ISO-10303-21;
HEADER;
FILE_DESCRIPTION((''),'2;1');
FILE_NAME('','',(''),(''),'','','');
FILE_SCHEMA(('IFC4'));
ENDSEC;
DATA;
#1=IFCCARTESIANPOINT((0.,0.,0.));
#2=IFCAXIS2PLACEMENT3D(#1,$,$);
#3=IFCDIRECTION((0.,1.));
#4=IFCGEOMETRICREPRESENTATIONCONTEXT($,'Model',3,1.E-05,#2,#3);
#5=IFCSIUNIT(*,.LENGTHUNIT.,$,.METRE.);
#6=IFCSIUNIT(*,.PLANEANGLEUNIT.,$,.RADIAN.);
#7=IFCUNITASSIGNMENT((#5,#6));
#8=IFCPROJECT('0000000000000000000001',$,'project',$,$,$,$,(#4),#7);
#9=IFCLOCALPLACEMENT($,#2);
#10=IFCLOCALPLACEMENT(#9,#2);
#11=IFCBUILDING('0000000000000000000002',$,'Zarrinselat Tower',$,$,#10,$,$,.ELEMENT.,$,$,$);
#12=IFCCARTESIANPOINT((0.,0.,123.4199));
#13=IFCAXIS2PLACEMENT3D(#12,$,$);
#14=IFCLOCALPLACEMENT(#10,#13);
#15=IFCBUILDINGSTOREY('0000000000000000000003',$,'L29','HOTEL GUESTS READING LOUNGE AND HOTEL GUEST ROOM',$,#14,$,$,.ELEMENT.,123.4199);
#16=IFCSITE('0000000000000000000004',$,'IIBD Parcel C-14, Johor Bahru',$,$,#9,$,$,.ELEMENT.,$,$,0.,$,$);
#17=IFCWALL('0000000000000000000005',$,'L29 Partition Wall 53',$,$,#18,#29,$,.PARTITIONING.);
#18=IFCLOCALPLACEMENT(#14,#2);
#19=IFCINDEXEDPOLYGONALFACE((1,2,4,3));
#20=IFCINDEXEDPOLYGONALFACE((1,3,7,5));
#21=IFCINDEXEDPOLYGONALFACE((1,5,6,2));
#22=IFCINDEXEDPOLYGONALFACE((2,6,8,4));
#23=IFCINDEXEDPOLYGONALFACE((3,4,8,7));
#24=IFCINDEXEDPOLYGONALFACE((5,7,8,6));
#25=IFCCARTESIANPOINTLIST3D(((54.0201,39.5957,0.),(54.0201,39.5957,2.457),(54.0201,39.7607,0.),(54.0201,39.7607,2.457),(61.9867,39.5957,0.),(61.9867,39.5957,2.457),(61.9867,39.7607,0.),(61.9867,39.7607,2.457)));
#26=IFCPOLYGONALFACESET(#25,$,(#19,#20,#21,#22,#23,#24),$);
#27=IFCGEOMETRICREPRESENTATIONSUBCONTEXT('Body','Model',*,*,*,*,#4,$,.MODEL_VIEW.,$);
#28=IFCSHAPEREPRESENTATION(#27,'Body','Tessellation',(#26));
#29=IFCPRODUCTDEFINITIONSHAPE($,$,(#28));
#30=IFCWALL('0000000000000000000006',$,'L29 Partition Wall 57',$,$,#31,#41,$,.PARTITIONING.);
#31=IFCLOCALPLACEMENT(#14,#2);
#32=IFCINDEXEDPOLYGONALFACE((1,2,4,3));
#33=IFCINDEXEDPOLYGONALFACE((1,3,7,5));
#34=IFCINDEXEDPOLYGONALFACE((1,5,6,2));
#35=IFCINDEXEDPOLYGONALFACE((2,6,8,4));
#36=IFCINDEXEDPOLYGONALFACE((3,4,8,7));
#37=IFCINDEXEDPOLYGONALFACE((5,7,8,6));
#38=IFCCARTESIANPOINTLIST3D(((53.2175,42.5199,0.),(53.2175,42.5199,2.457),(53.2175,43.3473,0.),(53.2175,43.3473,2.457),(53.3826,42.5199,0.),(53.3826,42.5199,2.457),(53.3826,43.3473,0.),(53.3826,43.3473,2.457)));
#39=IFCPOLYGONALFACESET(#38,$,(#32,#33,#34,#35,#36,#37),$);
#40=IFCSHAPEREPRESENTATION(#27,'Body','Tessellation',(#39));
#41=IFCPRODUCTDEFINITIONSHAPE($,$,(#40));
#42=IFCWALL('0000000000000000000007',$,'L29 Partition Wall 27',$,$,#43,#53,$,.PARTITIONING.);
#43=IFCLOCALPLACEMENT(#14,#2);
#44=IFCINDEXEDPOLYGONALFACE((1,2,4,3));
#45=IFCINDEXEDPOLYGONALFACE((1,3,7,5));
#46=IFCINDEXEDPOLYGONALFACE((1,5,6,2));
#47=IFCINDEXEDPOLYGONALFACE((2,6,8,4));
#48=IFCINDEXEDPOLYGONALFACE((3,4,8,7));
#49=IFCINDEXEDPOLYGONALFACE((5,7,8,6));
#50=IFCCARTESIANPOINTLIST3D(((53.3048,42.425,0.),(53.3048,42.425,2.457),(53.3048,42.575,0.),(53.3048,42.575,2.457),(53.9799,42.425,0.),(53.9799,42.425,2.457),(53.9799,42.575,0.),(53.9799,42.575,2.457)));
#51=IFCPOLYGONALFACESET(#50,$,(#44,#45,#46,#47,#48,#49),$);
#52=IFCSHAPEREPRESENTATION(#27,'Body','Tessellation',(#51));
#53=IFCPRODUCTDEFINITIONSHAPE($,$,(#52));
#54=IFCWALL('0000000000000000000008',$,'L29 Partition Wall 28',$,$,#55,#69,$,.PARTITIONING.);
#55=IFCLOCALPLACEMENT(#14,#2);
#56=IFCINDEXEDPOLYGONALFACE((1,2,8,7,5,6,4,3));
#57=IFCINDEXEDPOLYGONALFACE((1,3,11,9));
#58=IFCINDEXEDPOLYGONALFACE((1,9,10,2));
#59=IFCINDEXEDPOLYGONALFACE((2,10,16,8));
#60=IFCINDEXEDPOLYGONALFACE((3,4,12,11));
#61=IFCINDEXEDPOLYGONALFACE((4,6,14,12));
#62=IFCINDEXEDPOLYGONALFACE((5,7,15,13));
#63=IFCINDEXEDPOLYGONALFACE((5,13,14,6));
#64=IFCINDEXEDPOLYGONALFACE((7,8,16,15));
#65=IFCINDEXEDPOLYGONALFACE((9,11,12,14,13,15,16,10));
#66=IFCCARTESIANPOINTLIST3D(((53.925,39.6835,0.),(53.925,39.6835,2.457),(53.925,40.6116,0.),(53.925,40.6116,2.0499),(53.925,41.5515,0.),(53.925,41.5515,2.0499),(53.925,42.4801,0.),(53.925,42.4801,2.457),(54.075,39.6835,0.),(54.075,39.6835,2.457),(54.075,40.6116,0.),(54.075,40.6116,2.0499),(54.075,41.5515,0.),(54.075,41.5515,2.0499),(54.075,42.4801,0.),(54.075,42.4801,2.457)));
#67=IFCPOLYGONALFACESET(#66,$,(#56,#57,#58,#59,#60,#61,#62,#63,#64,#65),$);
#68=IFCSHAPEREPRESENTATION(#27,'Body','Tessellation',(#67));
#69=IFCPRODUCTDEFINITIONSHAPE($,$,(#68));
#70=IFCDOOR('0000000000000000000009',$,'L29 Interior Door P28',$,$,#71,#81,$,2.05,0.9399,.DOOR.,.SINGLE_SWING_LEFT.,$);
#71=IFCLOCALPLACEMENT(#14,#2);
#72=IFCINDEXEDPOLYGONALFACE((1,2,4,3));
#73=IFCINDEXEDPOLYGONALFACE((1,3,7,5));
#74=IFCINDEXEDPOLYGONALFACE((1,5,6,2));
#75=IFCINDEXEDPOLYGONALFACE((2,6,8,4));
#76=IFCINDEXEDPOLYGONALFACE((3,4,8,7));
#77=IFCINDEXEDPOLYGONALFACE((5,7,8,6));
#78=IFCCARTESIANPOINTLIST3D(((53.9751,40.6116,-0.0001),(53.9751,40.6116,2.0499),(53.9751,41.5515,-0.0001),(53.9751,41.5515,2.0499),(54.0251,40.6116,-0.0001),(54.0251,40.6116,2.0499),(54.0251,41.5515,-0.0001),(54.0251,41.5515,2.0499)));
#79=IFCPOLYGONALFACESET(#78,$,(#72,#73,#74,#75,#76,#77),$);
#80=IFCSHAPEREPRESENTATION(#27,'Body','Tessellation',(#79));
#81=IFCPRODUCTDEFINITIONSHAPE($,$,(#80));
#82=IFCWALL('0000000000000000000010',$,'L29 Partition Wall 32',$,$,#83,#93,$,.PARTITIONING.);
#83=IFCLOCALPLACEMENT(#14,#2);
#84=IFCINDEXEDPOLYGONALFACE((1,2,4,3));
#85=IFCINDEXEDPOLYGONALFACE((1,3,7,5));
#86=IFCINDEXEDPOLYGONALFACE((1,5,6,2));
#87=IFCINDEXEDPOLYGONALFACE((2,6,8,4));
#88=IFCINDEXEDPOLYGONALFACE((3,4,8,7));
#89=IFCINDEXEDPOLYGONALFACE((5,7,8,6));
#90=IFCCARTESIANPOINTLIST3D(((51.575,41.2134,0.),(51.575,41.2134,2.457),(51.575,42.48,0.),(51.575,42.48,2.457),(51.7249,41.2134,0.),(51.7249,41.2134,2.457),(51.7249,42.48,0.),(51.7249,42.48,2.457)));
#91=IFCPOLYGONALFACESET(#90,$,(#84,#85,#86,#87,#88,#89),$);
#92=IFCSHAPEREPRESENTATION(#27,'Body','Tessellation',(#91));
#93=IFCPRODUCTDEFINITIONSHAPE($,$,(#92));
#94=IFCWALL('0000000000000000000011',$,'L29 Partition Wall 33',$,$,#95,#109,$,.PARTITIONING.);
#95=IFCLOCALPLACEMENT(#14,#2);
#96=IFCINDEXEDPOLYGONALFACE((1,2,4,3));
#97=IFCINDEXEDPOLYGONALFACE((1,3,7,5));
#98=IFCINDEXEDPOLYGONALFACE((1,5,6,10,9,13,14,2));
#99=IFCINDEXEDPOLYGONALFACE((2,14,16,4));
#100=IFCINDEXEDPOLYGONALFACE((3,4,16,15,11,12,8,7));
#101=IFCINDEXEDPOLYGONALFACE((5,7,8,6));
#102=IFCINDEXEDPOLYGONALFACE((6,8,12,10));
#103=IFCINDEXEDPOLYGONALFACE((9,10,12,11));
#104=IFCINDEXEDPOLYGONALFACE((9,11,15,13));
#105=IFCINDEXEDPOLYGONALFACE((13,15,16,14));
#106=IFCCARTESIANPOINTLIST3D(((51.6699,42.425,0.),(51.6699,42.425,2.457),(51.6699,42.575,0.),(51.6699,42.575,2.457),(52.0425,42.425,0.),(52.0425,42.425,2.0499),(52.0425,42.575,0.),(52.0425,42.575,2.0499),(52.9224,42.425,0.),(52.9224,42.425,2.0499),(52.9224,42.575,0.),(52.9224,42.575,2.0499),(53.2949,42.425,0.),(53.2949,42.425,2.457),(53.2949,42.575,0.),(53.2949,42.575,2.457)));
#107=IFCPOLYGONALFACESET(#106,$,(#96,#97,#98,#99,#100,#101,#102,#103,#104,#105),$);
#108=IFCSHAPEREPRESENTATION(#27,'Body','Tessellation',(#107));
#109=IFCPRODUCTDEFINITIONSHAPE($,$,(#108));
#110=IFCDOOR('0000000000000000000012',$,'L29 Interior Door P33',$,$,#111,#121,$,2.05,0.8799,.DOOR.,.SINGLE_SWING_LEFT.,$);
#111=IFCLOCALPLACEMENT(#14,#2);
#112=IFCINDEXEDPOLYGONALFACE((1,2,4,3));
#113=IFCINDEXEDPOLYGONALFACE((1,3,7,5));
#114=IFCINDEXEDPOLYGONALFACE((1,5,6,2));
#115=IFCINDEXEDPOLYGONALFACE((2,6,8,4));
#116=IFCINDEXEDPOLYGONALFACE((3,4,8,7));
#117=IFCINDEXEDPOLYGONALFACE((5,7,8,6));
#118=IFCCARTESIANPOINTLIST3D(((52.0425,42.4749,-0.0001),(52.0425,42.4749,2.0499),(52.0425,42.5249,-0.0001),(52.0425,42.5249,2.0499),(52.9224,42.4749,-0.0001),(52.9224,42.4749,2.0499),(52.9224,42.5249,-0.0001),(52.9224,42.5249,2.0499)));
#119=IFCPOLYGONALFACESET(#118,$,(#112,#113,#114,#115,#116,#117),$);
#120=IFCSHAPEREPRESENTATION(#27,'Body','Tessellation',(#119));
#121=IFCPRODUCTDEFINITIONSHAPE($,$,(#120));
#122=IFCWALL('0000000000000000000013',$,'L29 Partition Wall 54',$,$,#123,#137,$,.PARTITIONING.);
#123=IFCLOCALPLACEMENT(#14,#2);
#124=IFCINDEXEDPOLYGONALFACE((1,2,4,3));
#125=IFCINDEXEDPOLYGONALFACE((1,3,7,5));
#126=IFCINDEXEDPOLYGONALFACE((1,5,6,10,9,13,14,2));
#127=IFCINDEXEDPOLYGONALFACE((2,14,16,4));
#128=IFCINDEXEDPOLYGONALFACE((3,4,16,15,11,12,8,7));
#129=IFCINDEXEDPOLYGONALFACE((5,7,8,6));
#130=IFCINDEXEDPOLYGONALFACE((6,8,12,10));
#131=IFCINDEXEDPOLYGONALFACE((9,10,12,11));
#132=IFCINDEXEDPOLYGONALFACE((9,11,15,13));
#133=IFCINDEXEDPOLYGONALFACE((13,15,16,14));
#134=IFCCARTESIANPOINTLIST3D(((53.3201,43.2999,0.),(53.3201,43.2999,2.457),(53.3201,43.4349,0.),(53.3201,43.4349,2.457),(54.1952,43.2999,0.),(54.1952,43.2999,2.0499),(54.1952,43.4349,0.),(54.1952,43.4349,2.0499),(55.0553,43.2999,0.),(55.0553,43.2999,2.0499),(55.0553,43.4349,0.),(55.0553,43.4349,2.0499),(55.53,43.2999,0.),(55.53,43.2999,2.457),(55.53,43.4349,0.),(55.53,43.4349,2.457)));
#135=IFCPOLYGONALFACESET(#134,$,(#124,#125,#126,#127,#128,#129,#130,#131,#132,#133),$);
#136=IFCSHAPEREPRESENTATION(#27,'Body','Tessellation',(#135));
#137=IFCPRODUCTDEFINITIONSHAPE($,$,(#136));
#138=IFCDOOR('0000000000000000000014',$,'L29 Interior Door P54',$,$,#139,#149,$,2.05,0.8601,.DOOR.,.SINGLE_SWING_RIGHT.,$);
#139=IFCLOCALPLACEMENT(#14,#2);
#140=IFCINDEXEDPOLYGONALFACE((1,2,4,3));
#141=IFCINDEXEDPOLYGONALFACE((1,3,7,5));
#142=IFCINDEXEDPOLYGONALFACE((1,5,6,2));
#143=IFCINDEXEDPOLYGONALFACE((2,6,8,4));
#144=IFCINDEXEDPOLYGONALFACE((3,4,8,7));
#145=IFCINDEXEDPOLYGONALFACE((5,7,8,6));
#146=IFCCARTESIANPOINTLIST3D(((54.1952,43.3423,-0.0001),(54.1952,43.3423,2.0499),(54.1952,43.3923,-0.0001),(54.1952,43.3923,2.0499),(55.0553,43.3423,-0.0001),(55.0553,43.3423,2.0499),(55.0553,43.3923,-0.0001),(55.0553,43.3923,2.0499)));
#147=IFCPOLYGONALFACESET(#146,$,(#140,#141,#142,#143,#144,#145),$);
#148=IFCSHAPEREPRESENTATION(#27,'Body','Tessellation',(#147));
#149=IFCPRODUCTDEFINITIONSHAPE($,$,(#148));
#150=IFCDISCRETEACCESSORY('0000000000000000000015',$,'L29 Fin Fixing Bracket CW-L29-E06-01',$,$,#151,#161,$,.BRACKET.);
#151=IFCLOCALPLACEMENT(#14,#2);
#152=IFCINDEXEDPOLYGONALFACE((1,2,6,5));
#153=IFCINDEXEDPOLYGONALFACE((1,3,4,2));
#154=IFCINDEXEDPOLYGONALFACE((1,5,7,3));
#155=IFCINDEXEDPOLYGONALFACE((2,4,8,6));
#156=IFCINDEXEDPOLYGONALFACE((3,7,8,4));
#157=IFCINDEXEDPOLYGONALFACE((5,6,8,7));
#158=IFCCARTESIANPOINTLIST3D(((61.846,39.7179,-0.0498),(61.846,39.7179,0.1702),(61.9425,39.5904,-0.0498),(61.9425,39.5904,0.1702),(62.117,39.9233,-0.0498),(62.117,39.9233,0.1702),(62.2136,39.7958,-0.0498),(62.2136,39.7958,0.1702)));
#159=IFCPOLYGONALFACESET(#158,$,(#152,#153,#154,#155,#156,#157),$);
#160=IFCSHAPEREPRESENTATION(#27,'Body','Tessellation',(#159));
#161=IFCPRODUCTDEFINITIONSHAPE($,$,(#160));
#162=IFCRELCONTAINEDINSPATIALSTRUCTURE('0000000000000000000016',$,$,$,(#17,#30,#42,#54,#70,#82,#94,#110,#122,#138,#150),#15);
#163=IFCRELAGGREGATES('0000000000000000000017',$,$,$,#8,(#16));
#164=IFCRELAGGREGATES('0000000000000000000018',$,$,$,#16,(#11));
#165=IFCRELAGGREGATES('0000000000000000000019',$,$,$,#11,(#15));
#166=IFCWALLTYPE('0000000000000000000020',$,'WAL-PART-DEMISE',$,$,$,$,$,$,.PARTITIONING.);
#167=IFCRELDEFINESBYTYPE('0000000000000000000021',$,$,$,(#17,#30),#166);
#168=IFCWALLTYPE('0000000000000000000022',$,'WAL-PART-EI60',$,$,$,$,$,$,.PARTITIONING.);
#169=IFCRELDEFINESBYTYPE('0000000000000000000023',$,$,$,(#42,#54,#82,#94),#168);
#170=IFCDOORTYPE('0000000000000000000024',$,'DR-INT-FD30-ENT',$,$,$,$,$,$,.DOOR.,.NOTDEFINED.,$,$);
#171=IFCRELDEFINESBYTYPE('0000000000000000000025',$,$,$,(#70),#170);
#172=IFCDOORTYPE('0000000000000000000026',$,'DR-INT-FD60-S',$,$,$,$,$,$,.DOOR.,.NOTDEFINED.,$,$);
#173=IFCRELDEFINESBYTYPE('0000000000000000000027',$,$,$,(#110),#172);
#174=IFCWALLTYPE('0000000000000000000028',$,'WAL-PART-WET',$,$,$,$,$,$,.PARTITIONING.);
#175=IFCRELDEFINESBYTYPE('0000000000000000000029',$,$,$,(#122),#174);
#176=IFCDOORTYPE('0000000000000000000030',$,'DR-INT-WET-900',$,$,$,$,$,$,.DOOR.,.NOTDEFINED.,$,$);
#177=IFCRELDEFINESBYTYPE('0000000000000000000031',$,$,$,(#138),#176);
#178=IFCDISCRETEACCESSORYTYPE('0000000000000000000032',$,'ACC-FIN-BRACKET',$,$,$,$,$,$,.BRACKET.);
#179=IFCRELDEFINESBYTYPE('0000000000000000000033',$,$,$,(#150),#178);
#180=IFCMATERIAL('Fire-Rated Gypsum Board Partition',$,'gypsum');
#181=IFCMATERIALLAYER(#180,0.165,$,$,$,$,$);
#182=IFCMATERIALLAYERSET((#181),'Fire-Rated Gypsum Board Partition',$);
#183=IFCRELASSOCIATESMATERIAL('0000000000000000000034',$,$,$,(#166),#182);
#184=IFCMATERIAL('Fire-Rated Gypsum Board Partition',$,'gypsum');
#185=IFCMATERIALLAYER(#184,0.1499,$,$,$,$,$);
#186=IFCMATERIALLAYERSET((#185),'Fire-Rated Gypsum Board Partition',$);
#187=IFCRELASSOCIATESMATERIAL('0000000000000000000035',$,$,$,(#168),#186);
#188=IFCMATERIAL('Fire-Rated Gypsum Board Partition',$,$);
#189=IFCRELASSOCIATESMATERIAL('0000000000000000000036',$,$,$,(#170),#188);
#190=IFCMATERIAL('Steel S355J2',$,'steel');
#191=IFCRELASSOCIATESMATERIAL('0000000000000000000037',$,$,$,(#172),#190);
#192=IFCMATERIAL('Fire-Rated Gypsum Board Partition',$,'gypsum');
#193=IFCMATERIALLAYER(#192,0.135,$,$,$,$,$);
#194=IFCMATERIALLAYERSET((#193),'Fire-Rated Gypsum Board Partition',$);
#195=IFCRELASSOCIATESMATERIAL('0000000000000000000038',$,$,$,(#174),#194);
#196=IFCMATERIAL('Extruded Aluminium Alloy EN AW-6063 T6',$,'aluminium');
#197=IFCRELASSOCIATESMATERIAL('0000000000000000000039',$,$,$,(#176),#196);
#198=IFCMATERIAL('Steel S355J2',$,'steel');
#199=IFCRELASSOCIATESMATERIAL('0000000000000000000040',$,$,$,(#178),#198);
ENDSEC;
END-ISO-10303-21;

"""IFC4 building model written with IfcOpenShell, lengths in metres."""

from ifc_helpers import new_model, si_unit, direction, frame, frame_2d, origin, origin_2d, place, context, subcontext, project, spatial, rectangle, extrude, material, layer, layer_set, type_object, element, fill, save


model = new_model("IFC4")

# Units and contexts
model_context = context("Model", 3, precision=1e-05, world=origin(), true_north=direction((0.0, 1.0)))
body_context = subcontext(model_context, "Body", "Model", "MODEL_VIEW")
ifc_project = project(units=[si_unit("LENGTHUNIT", "METRE"), si_unit("PLANEANGLEUNIT", "RADIAN")], contexts=[model_context])

# Site, building, storey
site_placement = place(None, origin())
site = spatial("IfcSite", under=ifc_project, at=site_placement, Name="IIBD Parcel C-14, Johor Bahru", CompositionType="ELEMENT", RefElevation=0.0)
building_placement = place(site_placement, origin())
building = spatial("IfcBuilding", under=site, at=building_placement, Name="Zarrinselat Tower", CompositionType="ELEMENT")
storey_placement = place(building_placement, frame((0.0, 0.0, 123.4199)))
storey = spatial("IfcBuildingStorey", under=building, at=storey_placement, Name="L29", Description="HOTEL GUESTS READING LOUNGE AND HOTEL GUEST ROOM", CompositionType="ELEMENT", Elevation=123.4199)

# Walls
ifc_material_1 = material(Name="Fire-Rated Gypsum Board Partition", Category="gypsum")
ifc_layer_1 = layer(ifc_material_1, 0.165)
ifc_layer_set_1 = layer_set([ifc_layer_1], Name="Fire-Rated Gypsum Board Partition")
wall_type_1 = type_object("IfcWallType", Name="WAL-PART-DEMISE", PredefinedType="PARTITIONING", material=ifc_layer_set_1)
wall_1_placement = place(storey_placement, frame((54.02, 39.6782, 0.0), z_axis=(0.0, 0.0, 1.0), x_axis=(1.0, 0.0, 0.0)))
element("IfcWall", 1, at=wall_1_placement, inside=storey, type_object=wall_type_1, Name="L29 Partition Wall 53", PredefinedType="PARTITIONING", context=body_context, shape_type="SweptSolid", body=[
    extrude(rectangle(XDim=7.9666, YDim=0.165, at=frame_2d((3.9834, 0.0))), origin(), (0.0, 0.0, 1.0), 2.457),
])
wall_2_placement = place(storey_placement, frame((53.3, 42.52, 0.0), z_axis=(0.0, 0.0, 1.0), x_axis=(0.0, 1.0, 0.0)))
element("IfcWall", 2, at=wall_2_placement, inside=storey, type_object=wall_type_1, Name="L29 Partition Wall 57", PredefinedType="PARTITIONING", context=body_context, shape_type="SweptSolid", body=[
    extrude(rectangle(XDim=0.8274, YDim=0.165, at=frame_2d((0.4136, 0.0))), origin(), (0.0, 0.0, 1.0), 2.457),
])
ifc_material_2 = material(Name="Fire-Rated Gypsum Board Partition", Category="gypsum")
ifc_layer_2 = layer(ifc_material_2, 0.1499)
ifc_layer_set_2 = layer_set([ifc_layer_2], Name="Fire-Rated Gypsum Board Partition")
wall_type_2 = type_object("IfcWallType", Name="WAL-PART-EI60", PredefinedType="PARTITIONING", material=ifc_layer_set_2)
wall_3_placement = place(storey_placement, frame((53.3049, 42.5, 0.0), z_axis=(0.0, 0.0, 1.0), x_axis=(1.0, 0.0, 0.0)))
element("IfcWall", 3, at=wall_3_placement, inside=storey, type_object=wall_type_2, Name="L29 Partition Wall 27", PredefinedType="PARTITIONING", context=body_context, shape_type="SweptSolid", body=[
    extrude(rectangle(XDim=0.675, YDim=0.1499, at=frame_2d((0.3374, 0.0))), origin(), (0.0, 0.0, 1.0), 2.457),
])

# Wall, opening, door
wall_4_placement = place(storey_placement, frame((54.0, 39.6833, 0.0), z_axis=(0.0, 0.0, 1.0), x_axis=(0.0, 1.0, 0.0)))
wall_4 = element("IfcWall", 4, at=wall_4_placement, inside=storey, type_object=wall_type_2, Name="L29 Partition Wall 28", PredefinedType="PARTITIONING", context=body_context, shape_type="SweptSolid", body=[
    extrude(rectangle(XDim=2.7966, YDim=0.1499, at=frame_2d((1.3984, 0.0))), origin(), (0.0, 0.0, 1.0), 2.457),
])
opening_1_placement = place(wall_4_placement, frame((0.9282, 0.0, 0.0)))
opening_1 = element("IfcOpeningElement", 5, at=opening_1_placement, cuts=wall_4, PredefinedType="OPENING", context=body_context, shape_type="SweptSolid", body=[
    extrude(rectangle(XDim=0.9399, YDim=2.05, at=frame_2d((0.47, 1.0249))), frame((0.0, 0.085, 0.0), z_axis=(0.0, -1.0, 0.0), x_axis=(1.0, 0.0, 0.0)), (0.0, 0.0, 1.0), 0.1699),
])
ifc_material_3 = material(Name="Fire-Rated Gypsum Board Partition")
door_type_1 = type_object("IfcDoorType", Name="DR-INT-FD30-ENT", OperationType="NOTDEFINED", PredefinedType="DOOR", material=ifc_material_3)
door_1_placement = place(opening_1_placement, origin())
door_1 = element("IfcDoor", 6, at=door_1_placement, inside=storey, type_object=door_type_1, Name="L29 Interior Door P28", OperationType="SINGLE_SWING_LEFT", OverallHeight=2.05, OverallWidth=0.9399, PredefinedType="DOOR", context=body_context, shape_type="SweptSolid", body=[
    extrude(rectangle(XDim=0.9399, YDim=2.05, at=frame_2d((0.47, 1.0249))), frame((0.0, 0.0249, 0.0), z_axis=(0.0, -1.0, 0.0), x_axis=(1.0, 0.0, 0.0)), (0.0, 0.0, 1.0), 0.05),
])
fill(opening_1, door_1)

# Wall
wall_5_placement = place(storey_placement, frame((51.6499, 41.2134, 0.0), z_axis=(0.0, 0.0, 1.0), x_axis=(0.0, 1.0, 0.0)))
element("IfcWall", 7, at=wall_5_placement, inside=storey, type_object=wall_type_2, Name="L29 Partition Wall 32", PredefinedType="PARTITIONING", context=body_context, shape_type="SweptSolid", body=[
    extrude(rectangle(XDim=1.2666, YDim=0.1499, at=frame_2d((0.6333, 0.0))), origin(), (0.0, 0.0, 1.0), 2.457),
])

# Walls, openings, doors
wall_6_placement = place(storey_placement, frame((51.6699, 42.5, 0.0), z_axis=(0.0, 0.0, 1.0), x_axis=(1.0, 0.0, 0.0)))
wall_6 = element("IfcWall", 8, at=wall_6_placement, inside=storey, type_object=wall_type_2, Name="L29 Partition Wall 33", PredefinedType="PARTITIONING", context=body_context, shape_type="SweptSolid", body=[
    extrude(rectangle(XDim=1.625, YDim=0.1499, at=frame_2d((0.8125, 0.0))), origin(), (0.0, 0.0, 1.0), 2.457),
])
opening_2_placement = place(wall_6_placement, frame((0.3726, 0.0, 0.0)))
opening_2 = element("IfcOpeningElement", 9, at=opening_2_placement, cuts=wall_6, PredefinedType="OPENING", context=body_context, shape_type="SweptSolid", body=[
    extrude(rectangle(XDim=0.8799, YDim=2.05, at=frame_2d((0.4399, 1.0249))), frame((0.0, 0.085, 0.0), z_axis=(0.0, -1.0, 0.0), x_axis=(1.0, 0.0, 0.0)), (0.0, 0.0, 1.0), 0.1699),
])
ifc_material_4 = material(Name="Steel S355J2", Category="steel")
door_type_2 = type_object("IfcDoorType", Name="DR-INT-FD60-S", OperationType="NOTDEFINED", PredefinedType="DOOR", material=ifc_material_4)
door_2_placement = place(opening_2_placement, origin())
door_2 = element("IfcDoor", 10, at=door_2_placement, inside=storey, type_object=door_type_2, Name="L29 Interior Door P33", OperationType="SINGLE_SWING_LEFT", OverallHeight=2.05, OverallWidth=0.8799, PredefinedType="DOOR", context=body_context, shape_type="SweptSolid", body=[
    extrude(rectangle(XDim=0.8799, YDim=2.05, at=frame_2d((0.4399, 1.0249))), frame((0.0, 0.0249, 0.0), z_axis=(0.0, -1.0, 0.0), x_axis=(1.0, 0.0, 0.0)), (0.0, 0.0, 1.0), 0.05),
])
fill(opening_2, door_2)
ifc_material_5 = material(Name="Fire-Rated Gypsum Board Partition", Category="gypsum")
ifc_layer_3 = layer(ifc_material_5, 0.135)
ifc_layer_set_3 = layer_set([ifc_layer_3], Name="Fire-Rated Gypsum Board Partition")
wall_type_3 = type_object("IfcWallType", Name="WAL-PART-WET", PredefinedType="PARTITIONING", material=ifc_layer_set_3)
wall_7_placement = place(storey_placement, frame((53.3201, 43.3674, 0.0), z_axis=(0.0, 0.0, 1.0), x_axis=(1.0, 0.0, 0.0)))
wall_7 = element("IfcWall", 11, at=wall_7_placement, inside=storey, type_object=wall_type_3, Name="L29 Partition Wall 54", PredefinedType="PARTITIONING", context=body_context, shape_type="SweptSolid", body=[
    extrude(rectangle(XDim=2.21, YDim=0.135, at=frame_2d((1.105, 0.0))), origin(), (0.0, 0.0, 1.0), 2.457),
])
opening_3_placement = place(wall_7_placement, frame((0.875, 0.0, 0.0)))
opening_3 = element("IfcOpeningElement", 12, at=opening_3_placement, cuts=wall_7, PredefinedType="OPENING", context=body_context, shape_type="SweptSolid", body=[
    extrude(rectangle(XDim=0.8601, YDim=2.05, at=frame_2d((0.4302, 1.0249))), frame((0.0, 0.0774, 0.0), z_axis=(0.0, -1.0, 0.0), x_axis=(1.0, 0.0, 0.0)), (0.0, 0.0, 1.0), 0.155),
])
ifc_material_6 = material(Name="Extruded Aluminium Alloy EN AW-6063 T6", Category="aluminium")
door_type_3 = type_object("IfcDoorType", Name="DR-INT-WET-900", OperationType="NOTDEFINED", PredefinedType="DOOR", material=ifc_material_6)
door_3_placement = place(opening_3_placement, origin())
door_3 = element("IfcDoor", 13, at=door_3_placement, inside=storey, type_object=door_type_3, Name="L29 Interior Door P54", OperationType="SINGLE_SWING_RIGHT", OverallHeight=2.05, OverallWidth=0.8601, PredefinedType="DOOR", context=body_context, shape_type="SweptSolid", body=[
    extrude(rectangle(XDim=0.8601, YDim=2.05, at=frame_2d((0.4302, 1.0249))), frame((0.0, 0.0249, 0.0), z_axis=(0.0, -1.0, 0.0), x_axis=(1.0, 0.0, 0.0)), (0.0, 0.0, 1.0), 0.05),
])
fill(opening_3, door_3)

# Discrete accessory
ifc_material_7 = material(Name="Steel S355J2", Category="steel")
discrete_accessory_type = type_object("IfcDiscreteAccessoryType", Name="ACC-FIN-BRACKET", PredefinedType="BRACKET", material=ifc_material_7)
discrete_accessory_placement = place(storey_placement, frame((62.0298, 39.7568, -0.0498), z_axis=(0.0, 0.0, 1.0), x_axis=(0.797092, 0.603858, 0.0)))
element("IfcDiscreteAccessory", 14, at=discrete_accessory_placement, inside=storey, type_object=discrete_accessory_type, Name="L29 Fin Fixing Bracket CW-L29-E06-01", PredefinedType="BRACKET", context=body_context, shape_type="SweptSolid", body=[
    extrude(rectangle(XDim=0.3401, YDim=0.1599, at=origin_2d()), origin(), (0.0, 0.0, 1.0), 0.22),
])

save(model, "model.ifc")
